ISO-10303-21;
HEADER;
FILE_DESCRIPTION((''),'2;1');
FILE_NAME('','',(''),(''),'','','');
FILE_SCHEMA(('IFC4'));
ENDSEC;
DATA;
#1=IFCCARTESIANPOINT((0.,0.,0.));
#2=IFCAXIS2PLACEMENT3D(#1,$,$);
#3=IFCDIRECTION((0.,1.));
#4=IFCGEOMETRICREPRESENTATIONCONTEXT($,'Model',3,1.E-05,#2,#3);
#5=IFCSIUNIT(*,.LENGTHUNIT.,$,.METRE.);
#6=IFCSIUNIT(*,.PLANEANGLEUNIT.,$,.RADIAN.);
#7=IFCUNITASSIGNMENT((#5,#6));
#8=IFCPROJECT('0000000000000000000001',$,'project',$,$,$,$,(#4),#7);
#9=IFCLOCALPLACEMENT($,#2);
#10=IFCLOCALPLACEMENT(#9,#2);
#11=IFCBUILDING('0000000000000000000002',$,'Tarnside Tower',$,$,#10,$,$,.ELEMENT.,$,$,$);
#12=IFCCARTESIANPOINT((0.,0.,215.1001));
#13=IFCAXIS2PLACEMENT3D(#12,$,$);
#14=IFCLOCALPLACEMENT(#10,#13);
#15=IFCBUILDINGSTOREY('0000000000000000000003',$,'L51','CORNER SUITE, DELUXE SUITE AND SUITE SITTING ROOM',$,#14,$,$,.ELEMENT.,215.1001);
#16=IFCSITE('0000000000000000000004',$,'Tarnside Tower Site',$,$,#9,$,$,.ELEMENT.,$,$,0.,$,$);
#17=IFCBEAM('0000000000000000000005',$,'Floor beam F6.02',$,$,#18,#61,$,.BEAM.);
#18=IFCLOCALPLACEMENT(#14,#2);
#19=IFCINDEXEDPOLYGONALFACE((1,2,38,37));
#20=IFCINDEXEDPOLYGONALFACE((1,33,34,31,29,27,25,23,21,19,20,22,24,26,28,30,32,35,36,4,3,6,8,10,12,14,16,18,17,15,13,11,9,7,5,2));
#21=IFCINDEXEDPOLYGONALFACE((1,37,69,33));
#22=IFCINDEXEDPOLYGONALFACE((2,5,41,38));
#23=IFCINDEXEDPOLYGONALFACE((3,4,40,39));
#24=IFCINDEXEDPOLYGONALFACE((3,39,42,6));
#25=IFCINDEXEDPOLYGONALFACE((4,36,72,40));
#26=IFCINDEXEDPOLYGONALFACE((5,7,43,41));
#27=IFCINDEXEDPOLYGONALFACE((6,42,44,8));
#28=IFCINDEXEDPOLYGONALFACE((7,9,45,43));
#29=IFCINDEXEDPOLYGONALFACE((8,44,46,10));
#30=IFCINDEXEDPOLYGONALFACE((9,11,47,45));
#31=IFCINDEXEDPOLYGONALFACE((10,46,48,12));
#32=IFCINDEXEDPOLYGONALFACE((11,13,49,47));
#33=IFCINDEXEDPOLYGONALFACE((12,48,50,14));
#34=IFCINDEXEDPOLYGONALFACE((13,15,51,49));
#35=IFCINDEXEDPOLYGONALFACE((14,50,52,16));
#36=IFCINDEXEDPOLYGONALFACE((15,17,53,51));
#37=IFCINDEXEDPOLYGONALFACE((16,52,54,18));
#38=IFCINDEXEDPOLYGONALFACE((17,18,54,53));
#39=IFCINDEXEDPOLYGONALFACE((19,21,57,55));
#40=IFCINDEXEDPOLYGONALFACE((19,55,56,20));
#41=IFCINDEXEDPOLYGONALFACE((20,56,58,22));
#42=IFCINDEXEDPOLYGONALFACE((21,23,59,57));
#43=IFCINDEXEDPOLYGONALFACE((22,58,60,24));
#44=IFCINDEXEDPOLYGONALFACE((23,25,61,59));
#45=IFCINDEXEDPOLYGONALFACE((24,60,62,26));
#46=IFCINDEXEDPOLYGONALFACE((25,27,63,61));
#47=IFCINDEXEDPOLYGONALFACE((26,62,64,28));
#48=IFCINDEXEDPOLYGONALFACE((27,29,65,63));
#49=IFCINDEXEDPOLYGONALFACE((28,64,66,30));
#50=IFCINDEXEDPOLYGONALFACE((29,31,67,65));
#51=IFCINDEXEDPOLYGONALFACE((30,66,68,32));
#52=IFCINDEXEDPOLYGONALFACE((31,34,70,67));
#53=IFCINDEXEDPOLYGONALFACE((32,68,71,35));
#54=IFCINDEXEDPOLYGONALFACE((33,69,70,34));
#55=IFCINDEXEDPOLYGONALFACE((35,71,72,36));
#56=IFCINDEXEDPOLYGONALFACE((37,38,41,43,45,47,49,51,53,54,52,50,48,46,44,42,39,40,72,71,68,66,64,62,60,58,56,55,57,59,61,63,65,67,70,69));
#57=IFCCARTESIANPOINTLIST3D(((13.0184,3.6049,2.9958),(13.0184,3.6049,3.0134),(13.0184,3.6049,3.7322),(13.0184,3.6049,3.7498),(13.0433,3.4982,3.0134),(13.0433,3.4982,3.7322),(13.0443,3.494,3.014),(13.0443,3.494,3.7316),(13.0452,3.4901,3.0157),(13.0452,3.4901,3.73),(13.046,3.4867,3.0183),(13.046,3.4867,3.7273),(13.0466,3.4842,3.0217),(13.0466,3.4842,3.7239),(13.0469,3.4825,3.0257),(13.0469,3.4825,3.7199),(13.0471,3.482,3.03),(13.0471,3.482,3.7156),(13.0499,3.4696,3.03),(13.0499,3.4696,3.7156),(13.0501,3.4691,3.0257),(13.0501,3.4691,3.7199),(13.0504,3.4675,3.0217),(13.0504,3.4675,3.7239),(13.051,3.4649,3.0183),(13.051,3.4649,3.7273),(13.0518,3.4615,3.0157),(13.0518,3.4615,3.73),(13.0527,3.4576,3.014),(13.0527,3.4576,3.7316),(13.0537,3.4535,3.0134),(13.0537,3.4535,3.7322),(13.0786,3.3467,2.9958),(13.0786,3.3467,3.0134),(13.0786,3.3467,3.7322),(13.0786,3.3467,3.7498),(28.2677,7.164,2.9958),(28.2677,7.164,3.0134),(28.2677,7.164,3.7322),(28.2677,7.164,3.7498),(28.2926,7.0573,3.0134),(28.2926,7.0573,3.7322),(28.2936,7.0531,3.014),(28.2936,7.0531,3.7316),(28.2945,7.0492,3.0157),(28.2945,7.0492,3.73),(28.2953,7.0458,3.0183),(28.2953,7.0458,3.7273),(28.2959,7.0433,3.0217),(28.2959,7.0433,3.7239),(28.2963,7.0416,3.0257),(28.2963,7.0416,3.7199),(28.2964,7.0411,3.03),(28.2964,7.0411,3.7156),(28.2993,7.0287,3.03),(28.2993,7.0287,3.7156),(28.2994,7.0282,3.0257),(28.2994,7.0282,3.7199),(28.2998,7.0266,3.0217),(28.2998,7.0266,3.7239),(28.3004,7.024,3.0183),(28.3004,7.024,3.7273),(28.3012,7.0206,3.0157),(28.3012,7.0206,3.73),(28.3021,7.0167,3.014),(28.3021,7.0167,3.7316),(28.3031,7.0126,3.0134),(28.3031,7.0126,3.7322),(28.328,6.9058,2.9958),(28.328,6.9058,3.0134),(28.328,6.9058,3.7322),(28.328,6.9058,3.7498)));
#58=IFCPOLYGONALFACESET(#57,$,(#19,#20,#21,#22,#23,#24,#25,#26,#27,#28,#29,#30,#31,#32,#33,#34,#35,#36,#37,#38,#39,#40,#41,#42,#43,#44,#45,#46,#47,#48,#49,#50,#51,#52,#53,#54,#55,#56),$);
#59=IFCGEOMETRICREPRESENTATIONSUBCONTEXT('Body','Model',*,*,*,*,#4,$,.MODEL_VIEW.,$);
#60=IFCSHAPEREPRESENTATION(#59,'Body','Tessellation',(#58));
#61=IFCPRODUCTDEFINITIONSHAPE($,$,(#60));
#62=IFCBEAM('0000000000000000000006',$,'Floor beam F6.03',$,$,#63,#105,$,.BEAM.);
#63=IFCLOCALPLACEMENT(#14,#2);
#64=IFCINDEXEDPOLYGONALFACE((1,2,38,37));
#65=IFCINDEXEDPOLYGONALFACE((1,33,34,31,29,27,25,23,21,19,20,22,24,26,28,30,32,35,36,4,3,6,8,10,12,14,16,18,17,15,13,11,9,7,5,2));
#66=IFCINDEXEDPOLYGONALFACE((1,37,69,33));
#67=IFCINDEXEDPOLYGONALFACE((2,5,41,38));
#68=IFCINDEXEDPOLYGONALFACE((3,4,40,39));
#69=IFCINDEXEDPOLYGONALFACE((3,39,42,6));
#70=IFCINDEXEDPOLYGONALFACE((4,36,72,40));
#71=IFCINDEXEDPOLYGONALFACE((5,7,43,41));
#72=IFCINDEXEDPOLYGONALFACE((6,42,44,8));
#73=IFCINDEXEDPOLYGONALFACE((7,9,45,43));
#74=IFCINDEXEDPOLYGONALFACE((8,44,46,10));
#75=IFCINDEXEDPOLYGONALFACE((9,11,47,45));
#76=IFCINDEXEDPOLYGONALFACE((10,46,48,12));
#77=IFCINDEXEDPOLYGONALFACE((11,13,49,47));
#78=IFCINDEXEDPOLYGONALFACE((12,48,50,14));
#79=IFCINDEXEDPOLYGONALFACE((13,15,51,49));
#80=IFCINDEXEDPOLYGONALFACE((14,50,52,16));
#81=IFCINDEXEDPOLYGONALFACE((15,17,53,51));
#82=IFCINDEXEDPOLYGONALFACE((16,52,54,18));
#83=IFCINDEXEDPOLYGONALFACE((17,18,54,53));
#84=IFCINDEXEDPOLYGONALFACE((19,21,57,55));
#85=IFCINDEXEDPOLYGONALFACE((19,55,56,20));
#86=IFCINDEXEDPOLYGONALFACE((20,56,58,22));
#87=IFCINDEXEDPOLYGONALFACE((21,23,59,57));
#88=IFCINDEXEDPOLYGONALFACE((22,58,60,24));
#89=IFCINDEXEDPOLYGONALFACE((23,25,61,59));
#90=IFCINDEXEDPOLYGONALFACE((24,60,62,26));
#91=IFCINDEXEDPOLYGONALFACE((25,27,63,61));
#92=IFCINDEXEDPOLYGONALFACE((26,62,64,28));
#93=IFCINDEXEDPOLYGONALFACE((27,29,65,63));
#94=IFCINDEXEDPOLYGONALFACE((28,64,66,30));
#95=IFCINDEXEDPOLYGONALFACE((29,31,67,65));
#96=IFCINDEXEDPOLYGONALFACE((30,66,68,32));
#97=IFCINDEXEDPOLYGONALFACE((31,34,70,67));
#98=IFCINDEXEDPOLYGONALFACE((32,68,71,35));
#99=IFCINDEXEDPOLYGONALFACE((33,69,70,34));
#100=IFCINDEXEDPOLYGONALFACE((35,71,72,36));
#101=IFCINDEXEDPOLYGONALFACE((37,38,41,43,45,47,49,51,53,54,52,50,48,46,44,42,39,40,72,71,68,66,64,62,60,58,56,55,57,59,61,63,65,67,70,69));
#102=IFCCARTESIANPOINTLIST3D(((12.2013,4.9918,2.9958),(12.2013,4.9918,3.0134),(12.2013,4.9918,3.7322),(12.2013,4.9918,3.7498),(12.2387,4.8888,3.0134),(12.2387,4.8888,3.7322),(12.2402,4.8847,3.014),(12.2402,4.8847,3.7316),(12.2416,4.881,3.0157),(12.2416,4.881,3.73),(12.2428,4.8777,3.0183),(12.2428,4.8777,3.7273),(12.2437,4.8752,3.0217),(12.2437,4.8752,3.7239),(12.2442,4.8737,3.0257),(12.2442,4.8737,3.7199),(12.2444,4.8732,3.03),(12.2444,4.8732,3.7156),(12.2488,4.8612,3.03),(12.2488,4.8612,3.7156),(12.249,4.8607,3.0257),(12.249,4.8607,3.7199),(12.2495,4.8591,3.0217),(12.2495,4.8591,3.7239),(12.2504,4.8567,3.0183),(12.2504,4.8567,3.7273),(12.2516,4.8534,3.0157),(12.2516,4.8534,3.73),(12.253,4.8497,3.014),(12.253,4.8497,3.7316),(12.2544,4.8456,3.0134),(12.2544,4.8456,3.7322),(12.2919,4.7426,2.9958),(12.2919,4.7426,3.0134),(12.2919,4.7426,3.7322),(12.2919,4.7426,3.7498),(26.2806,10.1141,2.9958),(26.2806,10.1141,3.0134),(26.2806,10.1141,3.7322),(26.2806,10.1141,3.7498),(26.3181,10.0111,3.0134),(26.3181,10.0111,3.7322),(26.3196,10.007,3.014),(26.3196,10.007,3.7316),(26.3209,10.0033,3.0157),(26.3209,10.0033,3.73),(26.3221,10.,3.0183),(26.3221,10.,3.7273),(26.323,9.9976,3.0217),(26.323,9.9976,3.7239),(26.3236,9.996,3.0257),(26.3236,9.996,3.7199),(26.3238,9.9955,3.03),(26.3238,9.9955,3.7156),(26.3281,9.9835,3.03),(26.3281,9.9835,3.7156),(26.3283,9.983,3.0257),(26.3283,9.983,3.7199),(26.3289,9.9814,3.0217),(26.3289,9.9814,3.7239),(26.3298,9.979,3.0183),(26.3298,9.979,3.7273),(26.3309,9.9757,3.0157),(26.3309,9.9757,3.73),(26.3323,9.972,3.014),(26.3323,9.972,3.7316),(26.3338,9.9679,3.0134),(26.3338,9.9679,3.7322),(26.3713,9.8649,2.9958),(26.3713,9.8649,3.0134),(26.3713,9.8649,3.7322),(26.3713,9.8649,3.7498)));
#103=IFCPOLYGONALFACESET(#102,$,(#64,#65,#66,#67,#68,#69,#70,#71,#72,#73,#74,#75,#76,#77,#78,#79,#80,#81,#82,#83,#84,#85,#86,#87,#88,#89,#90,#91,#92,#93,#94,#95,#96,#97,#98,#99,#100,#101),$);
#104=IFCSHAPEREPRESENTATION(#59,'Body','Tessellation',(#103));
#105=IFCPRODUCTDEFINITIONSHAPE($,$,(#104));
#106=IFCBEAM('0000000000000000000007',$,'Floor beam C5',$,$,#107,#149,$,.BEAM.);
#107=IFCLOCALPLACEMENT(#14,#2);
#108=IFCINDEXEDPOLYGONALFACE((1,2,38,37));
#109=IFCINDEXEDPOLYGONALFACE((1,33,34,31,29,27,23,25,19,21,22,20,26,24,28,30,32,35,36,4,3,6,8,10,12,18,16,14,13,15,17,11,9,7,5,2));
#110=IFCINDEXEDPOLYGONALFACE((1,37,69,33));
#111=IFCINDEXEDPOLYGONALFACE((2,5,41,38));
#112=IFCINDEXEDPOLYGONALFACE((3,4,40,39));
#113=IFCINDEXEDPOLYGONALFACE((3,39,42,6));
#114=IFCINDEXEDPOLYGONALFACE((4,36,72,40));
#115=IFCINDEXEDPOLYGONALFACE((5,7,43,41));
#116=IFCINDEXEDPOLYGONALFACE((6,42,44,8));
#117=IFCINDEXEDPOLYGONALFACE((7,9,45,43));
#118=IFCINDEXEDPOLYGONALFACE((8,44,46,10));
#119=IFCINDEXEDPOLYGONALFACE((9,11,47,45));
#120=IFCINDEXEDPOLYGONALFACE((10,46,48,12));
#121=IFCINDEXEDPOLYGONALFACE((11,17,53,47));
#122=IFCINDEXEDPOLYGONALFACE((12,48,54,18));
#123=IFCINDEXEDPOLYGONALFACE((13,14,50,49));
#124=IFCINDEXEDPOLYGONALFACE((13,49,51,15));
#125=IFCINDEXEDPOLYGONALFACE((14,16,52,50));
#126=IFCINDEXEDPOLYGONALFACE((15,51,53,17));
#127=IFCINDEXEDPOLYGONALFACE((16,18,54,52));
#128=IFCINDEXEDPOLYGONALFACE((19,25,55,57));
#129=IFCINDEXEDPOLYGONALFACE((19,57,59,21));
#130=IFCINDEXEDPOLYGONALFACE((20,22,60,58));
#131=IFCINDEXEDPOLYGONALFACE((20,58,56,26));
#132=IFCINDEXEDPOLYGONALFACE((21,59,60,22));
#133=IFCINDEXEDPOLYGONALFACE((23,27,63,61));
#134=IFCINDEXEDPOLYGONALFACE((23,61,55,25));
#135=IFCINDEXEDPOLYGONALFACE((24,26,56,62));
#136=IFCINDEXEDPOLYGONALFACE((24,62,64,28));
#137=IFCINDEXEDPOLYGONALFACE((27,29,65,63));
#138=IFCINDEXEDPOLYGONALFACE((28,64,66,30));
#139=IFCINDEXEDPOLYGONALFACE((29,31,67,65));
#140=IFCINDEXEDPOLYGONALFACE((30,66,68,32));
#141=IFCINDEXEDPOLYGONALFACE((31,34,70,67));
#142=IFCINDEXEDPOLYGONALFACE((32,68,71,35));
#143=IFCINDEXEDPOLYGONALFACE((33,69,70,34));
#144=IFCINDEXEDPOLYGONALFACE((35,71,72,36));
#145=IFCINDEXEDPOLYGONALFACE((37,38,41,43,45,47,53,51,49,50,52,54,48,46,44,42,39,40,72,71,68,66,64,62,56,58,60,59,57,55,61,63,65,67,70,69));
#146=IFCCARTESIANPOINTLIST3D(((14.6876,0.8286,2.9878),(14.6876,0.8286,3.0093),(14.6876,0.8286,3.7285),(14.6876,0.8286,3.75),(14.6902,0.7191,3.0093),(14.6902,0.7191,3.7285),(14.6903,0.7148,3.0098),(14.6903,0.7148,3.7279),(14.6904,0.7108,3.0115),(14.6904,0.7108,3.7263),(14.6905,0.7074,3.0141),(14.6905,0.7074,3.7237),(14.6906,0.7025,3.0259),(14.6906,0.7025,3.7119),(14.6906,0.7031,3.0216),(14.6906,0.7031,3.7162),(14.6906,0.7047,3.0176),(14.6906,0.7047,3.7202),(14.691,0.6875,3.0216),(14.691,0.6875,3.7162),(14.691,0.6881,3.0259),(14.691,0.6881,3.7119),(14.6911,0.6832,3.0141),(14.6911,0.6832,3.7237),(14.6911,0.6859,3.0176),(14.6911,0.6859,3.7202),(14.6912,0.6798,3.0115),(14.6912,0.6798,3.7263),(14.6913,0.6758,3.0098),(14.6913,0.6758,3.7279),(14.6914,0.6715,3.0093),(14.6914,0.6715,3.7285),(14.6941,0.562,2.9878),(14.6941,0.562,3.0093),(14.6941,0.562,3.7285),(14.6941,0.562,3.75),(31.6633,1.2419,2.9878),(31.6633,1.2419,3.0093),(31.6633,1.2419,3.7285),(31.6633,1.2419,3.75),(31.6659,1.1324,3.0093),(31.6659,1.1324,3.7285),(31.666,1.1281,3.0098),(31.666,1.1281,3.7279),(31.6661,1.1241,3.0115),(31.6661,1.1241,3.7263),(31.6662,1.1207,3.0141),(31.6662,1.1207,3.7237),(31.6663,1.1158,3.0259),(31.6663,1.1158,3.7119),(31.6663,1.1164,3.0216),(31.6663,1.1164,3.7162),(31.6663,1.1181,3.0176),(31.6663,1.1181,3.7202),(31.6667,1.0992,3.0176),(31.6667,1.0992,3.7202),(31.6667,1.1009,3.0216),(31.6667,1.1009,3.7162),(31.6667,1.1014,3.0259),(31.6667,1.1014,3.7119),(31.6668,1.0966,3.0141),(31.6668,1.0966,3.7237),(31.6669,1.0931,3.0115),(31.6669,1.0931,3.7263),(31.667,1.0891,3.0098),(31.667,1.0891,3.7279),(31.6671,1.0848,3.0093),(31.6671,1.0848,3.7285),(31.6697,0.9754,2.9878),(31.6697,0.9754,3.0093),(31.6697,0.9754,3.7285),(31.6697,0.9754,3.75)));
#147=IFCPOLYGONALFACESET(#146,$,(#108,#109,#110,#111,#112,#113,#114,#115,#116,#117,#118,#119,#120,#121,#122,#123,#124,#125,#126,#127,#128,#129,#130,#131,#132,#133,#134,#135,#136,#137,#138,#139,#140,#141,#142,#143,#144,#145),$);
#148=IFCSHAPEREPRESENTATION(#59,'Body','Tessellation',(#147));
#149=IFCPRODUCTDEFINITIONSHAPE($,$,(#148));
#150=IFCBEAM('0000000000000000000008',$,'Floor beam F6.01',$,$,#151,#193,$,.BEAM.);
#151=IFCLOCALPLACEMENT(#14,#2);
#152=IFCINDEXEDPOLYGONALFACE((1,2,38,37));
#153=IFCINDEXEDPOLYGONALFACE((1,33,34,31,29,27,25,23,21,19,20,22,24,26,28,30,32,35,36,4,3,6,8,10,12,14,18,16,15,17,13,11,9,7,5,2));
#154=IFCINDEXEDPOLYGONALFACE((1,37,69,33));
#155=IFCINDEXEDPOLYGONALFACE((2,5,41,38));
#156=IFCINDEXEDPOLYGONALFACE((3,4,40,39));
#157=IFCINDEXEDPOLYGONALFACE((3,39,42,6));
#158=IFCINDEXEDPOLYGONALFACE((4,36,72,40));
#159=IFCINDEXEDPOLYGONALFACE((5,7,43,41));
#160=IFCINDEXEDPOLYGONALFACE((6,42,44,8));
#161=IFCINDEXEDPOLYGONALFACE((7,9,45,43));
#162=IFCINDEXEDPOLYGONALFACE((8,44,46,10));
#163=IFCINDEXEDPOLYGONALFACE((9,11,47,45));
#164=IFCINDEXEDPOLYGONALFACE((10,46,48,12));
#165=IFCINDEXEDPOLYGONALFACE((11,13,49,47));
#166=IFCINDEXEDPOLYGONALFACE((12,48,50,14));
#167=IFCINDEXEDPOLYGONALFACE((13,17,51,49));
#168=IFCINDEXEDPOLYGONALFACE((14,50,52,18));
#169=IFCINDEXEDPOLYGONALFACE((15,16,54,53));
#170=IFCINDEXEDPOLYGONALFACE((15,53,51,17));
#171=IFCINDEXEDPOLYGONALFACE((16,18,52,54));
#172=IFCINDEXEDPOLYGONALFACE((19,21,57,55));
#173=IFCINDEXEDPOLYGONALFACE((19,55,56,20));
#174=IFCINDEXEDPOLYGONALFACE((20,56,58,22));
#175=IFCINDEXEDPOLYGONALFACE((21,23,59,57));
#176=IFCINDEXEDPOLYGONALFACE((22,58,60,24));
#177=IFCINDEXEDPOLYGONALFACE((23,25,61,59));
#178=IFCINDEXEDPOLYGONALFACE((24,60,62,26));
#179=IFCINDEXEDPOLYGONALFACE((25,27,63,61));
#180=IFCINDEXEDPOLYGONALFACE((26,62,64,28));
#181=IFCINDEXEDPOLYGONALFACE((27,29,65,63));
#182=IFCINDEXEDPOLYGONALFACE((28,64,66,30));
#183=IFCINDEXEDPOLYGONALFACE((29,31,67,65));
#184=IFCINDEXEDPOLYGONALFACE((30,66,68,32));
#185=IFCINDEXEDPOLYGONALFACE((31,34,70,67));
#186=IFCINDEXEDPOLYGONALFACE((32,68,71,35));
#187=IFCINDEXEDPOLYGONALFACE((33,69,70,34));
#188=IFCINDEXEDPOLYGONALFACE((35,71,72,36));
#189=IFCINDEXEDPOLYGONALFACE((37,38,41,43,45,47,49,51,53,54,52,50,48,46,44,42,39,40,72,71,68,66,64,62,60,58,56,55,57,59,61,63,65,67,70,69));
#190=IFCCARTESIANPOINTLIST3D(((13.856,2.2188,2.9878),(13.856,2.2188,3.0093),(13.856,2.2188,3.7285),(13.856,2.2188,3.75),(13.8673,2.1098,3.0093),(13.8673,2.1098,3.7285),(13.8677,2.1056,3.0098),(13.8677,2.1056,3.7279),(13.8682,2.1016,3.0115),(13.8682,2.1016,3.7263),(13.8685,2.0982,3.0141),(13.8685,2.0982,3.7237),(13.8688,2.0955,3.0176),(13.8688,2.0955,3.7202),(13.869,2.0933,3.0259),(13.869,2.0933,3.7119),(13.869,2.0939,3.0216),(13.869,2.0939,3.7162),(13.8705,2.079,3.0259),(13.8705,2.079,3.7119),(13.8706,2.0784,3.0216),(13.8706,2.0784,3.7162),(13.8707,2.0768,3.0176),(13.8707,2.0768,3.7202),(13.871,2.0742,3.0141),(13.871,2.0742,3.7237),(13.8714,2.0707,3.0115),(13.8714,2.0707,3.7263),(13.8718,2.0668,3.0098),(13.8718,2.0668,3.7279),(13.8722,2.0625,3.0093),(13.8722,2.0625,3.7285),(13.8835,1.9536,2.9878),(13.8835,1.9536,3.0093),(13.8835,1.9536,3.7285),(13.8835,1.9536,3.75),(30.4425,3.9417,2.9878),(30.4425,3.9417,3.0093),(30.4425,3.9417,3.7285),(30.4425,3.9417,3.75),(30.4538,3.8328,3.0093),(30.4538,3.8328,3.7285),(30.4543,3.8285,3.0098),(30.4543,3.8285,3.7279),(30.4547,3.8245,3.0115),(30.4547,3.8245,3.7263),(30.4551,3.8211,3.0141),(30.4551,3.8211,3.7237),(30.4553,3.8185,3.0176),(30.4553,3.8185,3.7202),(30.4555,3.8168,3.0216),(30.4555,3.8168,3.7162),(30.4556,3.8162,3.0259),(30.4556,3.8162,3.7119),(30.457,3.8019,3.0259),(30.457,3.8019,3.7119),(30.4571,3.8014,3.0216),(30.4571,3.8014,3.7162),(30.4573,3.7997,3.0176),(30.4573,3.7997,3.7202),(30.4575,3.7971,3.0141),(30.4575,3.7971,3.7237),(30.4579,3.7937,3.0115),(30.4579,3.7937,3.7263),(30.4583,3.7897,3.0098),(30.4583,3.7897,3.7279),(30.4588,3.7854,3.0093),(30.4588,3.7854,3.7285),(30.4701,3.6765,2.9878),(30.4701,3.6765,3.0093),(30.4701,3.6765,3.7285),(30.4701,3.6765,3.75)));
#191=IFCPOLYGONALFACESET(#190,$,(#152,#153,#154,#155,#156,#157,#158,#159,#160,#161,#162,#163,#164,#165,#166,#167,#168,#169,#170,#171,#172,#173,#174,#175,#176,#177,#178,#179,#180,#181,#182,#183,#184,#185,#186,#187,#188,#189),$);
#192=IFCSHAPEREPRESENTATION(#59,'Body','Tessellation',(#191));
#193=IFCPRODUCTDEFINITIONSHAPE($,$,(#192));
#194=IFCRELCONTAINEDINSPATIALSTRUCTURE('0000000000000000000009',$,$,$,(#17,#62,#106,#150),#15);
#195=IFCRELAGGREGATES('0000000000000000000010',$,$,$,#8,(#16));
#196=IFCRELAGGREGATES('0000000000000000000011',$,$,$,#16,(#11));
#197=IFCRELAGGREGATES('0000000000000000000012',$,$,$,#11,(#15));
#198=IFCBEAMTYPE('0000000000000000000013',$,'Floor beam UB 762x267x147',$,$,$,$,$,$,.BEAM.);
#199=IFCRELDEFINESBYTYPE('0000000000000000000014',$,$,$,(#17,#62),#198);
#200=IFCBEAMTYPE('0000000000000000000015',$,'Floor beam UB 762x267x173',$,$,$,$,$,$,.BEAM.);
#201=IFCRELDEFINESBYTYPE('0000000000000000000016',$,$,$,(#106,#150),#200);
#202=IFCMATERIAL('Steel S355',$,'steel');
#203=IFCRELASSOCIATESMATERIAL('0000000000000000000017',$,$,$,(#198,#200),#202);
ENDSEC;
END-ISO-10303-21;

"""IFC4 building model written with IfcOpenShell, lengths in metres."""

from ifc_helpers import new_model, si_unit, direction, frame, origin, origin_2d, place, context, subcontext, project, spatial, i_section, extrude, material, material_profile, profile_set, type_object, element, save


model = new_model("IFC4")

# Units and contexts
model_context = context("Model", 3, precision=1e-05, world=origin(), true_north=direction((0.0, 1.0)))
body_context = subcontext(model_context, "Body", "Model", "MODEL_VIEW")
ifc_project = project(units=[si_unit("LENGTHUNIT", "METRE"), si_unit("PLANEANGLEUNIT", "RADIAN")], contexts=[model_context])

# Site, building, storey
site_placement = place(None, origin())
site = spatial("IfcSite", under=ifc_project, at=site_placement, Name="Tarnside Tower Site", CompositionType="ELEMENT", RefElevation=0.0)
building_placement = place(site_placement, origin())
building = spatial("IfcBuilding", under=site, at=building_placement, Name="Tarnside Tower", CompositionType="ELEMENT")
storey_placement = place(building_placement, frame((0.0, 0.0, 215.1001)))
storey = spatial("IfcBuildingStorey", under=building, at=storey_placement, Name="L51", Description="CORNER SUITE, DELUXE SUITE AND SUITE SITTING ROOM", CompositionType="ELEMENT", Elevation=215.1001)

# Beams
ifc_material_1 = material(Name="Steel S355", Category="steel")
ifc_material_profile_1 = material_profile(ifc_material_1, i_section(OverallWidth=0.2651, OverallDepth=0.7539, WebThickness=0.0127, FlangeThickness=0.0176, FilletRadius=0.0166, at=origin_2d()), Name="UB 762x267x147")
ifc_profile_set_1 = profile_set([ifc_material_profile_1], Name="Steel S355")
beam_type_1 = type_object("IfcBeamType", Name="Floor beam UB 762x267x147", PredefinedType="BEAM", material=ifc_profile_set_1)
beam_1_placement = place(storey_placement, frame((28.2979, 7.0349, 3.3728), z_axis=(-0.973828, -0.227285, 0.0), x_axis=(0.227285, -0.973828, 0.0)))
element("IfcBeam", 1, at=beam_1_placement, inside=storey, type_object=beam_type_1, Name="Floor beam F6.02", PredefinedType="BEAM", context=body_context, shape_type="SweptSolid", body=[
    extrude(i_section(OverallWidth=0.2651, OverallDepth=0.7539, WebThickness=0.0127, FlangeThickness=0.0176, FilletRadius=0.0166, at=origin_2d()), origin(), (0.0, 0.0, 1.0), 15.6592),
])
beam_2_placement = place(storey_placement, frame((26.3259, 9.9895, 3.3728), z_axis=(-0.939739, -0.341894, 0.0), x_axis=(0.341894, -0.939739, 0.0)))
element("IfcBeam", 2, at=beam_2_placement, inside=storey, type_object=beam_type_1, Name="Floor beam F6.03", PredefinedType="BEAM", context=body_context, shape_type="SweptSolid", body=[
    extrude(i_section(OverallWidth=0.2651, OverallDepth=0.7539, WebThickness=0.0127, FlangeThickness=0.0176, FilletRadius=0.0166, at=origin_2d()), origin(), (0.0, 0.0, 1.0), 14.9822),
])
ifc_material_profile_2 = material_profile(ifc_material_1, i_section(OverallWidth=0.2666, OverallDepth=0.7622, WebThickness=0.0144, FlangeThickness=0.0215, FilletRadius=0.0166, at=origin_2d()), Name="UB 762x267x173")
ifc_profile_set_2 = profile_set([ifc_material_profile_2], Name="Steel S355")
beam_type_2 = type_object("IfcBeamType", Name="Floor beam UB 762x267x173", PredefinedType="BEAM", material=ifc_profile_set_2)
beam_3_placement = place(storey_placement, frame((31.6665, 1.1086, 3.3689), z_axis=(-0.999704, -0.024341, 0.0), x_axis=(0.024341, -0.999704, 0.0)))
element("IfcBeam", 3, at=beam_3_placement, inside=storey, type_object=beam_type_2, Name="Floor beam C5", PredefinedType="BEAM", context=body_context, shape_type="SweptSolid", body=[
    extrude(i_section(OverallWidth=0.2666, OverallDepth=0.7622, WebThickness=0.0144, FlangeThickness=0.0215, FilletRadius=0.0166, at=origin_2d()), origin(), (0.0, 0.0, 1.0), 16.9807),
])
beam_4_placement = place(storey_placement, frame((30.4563, 3.8091, 3.3689), z_axis=(-0.994648, -0.103318, 0.0), x_axis=(0.103318, -0.994648, 0.0)))
element("IfcBeam", 4, at=beam_4_placement, inside=storey, type_object=beam_type_2, Name="Floor beam F6.01", PredefinedType="BEAM", context=body_context, shape_type="SweptSolid", body=[
    extrude(i_section(OverallWidth=0.2666, OverallDepth=0.7622, WebThickness=0.0144, FlangeThickness=0.0215, FilletRadius=0.0166, at=origin_2d()), origin(), (0.0, 0.0, 1.0), 16.6758),
])

save(model, "model.ifc")
